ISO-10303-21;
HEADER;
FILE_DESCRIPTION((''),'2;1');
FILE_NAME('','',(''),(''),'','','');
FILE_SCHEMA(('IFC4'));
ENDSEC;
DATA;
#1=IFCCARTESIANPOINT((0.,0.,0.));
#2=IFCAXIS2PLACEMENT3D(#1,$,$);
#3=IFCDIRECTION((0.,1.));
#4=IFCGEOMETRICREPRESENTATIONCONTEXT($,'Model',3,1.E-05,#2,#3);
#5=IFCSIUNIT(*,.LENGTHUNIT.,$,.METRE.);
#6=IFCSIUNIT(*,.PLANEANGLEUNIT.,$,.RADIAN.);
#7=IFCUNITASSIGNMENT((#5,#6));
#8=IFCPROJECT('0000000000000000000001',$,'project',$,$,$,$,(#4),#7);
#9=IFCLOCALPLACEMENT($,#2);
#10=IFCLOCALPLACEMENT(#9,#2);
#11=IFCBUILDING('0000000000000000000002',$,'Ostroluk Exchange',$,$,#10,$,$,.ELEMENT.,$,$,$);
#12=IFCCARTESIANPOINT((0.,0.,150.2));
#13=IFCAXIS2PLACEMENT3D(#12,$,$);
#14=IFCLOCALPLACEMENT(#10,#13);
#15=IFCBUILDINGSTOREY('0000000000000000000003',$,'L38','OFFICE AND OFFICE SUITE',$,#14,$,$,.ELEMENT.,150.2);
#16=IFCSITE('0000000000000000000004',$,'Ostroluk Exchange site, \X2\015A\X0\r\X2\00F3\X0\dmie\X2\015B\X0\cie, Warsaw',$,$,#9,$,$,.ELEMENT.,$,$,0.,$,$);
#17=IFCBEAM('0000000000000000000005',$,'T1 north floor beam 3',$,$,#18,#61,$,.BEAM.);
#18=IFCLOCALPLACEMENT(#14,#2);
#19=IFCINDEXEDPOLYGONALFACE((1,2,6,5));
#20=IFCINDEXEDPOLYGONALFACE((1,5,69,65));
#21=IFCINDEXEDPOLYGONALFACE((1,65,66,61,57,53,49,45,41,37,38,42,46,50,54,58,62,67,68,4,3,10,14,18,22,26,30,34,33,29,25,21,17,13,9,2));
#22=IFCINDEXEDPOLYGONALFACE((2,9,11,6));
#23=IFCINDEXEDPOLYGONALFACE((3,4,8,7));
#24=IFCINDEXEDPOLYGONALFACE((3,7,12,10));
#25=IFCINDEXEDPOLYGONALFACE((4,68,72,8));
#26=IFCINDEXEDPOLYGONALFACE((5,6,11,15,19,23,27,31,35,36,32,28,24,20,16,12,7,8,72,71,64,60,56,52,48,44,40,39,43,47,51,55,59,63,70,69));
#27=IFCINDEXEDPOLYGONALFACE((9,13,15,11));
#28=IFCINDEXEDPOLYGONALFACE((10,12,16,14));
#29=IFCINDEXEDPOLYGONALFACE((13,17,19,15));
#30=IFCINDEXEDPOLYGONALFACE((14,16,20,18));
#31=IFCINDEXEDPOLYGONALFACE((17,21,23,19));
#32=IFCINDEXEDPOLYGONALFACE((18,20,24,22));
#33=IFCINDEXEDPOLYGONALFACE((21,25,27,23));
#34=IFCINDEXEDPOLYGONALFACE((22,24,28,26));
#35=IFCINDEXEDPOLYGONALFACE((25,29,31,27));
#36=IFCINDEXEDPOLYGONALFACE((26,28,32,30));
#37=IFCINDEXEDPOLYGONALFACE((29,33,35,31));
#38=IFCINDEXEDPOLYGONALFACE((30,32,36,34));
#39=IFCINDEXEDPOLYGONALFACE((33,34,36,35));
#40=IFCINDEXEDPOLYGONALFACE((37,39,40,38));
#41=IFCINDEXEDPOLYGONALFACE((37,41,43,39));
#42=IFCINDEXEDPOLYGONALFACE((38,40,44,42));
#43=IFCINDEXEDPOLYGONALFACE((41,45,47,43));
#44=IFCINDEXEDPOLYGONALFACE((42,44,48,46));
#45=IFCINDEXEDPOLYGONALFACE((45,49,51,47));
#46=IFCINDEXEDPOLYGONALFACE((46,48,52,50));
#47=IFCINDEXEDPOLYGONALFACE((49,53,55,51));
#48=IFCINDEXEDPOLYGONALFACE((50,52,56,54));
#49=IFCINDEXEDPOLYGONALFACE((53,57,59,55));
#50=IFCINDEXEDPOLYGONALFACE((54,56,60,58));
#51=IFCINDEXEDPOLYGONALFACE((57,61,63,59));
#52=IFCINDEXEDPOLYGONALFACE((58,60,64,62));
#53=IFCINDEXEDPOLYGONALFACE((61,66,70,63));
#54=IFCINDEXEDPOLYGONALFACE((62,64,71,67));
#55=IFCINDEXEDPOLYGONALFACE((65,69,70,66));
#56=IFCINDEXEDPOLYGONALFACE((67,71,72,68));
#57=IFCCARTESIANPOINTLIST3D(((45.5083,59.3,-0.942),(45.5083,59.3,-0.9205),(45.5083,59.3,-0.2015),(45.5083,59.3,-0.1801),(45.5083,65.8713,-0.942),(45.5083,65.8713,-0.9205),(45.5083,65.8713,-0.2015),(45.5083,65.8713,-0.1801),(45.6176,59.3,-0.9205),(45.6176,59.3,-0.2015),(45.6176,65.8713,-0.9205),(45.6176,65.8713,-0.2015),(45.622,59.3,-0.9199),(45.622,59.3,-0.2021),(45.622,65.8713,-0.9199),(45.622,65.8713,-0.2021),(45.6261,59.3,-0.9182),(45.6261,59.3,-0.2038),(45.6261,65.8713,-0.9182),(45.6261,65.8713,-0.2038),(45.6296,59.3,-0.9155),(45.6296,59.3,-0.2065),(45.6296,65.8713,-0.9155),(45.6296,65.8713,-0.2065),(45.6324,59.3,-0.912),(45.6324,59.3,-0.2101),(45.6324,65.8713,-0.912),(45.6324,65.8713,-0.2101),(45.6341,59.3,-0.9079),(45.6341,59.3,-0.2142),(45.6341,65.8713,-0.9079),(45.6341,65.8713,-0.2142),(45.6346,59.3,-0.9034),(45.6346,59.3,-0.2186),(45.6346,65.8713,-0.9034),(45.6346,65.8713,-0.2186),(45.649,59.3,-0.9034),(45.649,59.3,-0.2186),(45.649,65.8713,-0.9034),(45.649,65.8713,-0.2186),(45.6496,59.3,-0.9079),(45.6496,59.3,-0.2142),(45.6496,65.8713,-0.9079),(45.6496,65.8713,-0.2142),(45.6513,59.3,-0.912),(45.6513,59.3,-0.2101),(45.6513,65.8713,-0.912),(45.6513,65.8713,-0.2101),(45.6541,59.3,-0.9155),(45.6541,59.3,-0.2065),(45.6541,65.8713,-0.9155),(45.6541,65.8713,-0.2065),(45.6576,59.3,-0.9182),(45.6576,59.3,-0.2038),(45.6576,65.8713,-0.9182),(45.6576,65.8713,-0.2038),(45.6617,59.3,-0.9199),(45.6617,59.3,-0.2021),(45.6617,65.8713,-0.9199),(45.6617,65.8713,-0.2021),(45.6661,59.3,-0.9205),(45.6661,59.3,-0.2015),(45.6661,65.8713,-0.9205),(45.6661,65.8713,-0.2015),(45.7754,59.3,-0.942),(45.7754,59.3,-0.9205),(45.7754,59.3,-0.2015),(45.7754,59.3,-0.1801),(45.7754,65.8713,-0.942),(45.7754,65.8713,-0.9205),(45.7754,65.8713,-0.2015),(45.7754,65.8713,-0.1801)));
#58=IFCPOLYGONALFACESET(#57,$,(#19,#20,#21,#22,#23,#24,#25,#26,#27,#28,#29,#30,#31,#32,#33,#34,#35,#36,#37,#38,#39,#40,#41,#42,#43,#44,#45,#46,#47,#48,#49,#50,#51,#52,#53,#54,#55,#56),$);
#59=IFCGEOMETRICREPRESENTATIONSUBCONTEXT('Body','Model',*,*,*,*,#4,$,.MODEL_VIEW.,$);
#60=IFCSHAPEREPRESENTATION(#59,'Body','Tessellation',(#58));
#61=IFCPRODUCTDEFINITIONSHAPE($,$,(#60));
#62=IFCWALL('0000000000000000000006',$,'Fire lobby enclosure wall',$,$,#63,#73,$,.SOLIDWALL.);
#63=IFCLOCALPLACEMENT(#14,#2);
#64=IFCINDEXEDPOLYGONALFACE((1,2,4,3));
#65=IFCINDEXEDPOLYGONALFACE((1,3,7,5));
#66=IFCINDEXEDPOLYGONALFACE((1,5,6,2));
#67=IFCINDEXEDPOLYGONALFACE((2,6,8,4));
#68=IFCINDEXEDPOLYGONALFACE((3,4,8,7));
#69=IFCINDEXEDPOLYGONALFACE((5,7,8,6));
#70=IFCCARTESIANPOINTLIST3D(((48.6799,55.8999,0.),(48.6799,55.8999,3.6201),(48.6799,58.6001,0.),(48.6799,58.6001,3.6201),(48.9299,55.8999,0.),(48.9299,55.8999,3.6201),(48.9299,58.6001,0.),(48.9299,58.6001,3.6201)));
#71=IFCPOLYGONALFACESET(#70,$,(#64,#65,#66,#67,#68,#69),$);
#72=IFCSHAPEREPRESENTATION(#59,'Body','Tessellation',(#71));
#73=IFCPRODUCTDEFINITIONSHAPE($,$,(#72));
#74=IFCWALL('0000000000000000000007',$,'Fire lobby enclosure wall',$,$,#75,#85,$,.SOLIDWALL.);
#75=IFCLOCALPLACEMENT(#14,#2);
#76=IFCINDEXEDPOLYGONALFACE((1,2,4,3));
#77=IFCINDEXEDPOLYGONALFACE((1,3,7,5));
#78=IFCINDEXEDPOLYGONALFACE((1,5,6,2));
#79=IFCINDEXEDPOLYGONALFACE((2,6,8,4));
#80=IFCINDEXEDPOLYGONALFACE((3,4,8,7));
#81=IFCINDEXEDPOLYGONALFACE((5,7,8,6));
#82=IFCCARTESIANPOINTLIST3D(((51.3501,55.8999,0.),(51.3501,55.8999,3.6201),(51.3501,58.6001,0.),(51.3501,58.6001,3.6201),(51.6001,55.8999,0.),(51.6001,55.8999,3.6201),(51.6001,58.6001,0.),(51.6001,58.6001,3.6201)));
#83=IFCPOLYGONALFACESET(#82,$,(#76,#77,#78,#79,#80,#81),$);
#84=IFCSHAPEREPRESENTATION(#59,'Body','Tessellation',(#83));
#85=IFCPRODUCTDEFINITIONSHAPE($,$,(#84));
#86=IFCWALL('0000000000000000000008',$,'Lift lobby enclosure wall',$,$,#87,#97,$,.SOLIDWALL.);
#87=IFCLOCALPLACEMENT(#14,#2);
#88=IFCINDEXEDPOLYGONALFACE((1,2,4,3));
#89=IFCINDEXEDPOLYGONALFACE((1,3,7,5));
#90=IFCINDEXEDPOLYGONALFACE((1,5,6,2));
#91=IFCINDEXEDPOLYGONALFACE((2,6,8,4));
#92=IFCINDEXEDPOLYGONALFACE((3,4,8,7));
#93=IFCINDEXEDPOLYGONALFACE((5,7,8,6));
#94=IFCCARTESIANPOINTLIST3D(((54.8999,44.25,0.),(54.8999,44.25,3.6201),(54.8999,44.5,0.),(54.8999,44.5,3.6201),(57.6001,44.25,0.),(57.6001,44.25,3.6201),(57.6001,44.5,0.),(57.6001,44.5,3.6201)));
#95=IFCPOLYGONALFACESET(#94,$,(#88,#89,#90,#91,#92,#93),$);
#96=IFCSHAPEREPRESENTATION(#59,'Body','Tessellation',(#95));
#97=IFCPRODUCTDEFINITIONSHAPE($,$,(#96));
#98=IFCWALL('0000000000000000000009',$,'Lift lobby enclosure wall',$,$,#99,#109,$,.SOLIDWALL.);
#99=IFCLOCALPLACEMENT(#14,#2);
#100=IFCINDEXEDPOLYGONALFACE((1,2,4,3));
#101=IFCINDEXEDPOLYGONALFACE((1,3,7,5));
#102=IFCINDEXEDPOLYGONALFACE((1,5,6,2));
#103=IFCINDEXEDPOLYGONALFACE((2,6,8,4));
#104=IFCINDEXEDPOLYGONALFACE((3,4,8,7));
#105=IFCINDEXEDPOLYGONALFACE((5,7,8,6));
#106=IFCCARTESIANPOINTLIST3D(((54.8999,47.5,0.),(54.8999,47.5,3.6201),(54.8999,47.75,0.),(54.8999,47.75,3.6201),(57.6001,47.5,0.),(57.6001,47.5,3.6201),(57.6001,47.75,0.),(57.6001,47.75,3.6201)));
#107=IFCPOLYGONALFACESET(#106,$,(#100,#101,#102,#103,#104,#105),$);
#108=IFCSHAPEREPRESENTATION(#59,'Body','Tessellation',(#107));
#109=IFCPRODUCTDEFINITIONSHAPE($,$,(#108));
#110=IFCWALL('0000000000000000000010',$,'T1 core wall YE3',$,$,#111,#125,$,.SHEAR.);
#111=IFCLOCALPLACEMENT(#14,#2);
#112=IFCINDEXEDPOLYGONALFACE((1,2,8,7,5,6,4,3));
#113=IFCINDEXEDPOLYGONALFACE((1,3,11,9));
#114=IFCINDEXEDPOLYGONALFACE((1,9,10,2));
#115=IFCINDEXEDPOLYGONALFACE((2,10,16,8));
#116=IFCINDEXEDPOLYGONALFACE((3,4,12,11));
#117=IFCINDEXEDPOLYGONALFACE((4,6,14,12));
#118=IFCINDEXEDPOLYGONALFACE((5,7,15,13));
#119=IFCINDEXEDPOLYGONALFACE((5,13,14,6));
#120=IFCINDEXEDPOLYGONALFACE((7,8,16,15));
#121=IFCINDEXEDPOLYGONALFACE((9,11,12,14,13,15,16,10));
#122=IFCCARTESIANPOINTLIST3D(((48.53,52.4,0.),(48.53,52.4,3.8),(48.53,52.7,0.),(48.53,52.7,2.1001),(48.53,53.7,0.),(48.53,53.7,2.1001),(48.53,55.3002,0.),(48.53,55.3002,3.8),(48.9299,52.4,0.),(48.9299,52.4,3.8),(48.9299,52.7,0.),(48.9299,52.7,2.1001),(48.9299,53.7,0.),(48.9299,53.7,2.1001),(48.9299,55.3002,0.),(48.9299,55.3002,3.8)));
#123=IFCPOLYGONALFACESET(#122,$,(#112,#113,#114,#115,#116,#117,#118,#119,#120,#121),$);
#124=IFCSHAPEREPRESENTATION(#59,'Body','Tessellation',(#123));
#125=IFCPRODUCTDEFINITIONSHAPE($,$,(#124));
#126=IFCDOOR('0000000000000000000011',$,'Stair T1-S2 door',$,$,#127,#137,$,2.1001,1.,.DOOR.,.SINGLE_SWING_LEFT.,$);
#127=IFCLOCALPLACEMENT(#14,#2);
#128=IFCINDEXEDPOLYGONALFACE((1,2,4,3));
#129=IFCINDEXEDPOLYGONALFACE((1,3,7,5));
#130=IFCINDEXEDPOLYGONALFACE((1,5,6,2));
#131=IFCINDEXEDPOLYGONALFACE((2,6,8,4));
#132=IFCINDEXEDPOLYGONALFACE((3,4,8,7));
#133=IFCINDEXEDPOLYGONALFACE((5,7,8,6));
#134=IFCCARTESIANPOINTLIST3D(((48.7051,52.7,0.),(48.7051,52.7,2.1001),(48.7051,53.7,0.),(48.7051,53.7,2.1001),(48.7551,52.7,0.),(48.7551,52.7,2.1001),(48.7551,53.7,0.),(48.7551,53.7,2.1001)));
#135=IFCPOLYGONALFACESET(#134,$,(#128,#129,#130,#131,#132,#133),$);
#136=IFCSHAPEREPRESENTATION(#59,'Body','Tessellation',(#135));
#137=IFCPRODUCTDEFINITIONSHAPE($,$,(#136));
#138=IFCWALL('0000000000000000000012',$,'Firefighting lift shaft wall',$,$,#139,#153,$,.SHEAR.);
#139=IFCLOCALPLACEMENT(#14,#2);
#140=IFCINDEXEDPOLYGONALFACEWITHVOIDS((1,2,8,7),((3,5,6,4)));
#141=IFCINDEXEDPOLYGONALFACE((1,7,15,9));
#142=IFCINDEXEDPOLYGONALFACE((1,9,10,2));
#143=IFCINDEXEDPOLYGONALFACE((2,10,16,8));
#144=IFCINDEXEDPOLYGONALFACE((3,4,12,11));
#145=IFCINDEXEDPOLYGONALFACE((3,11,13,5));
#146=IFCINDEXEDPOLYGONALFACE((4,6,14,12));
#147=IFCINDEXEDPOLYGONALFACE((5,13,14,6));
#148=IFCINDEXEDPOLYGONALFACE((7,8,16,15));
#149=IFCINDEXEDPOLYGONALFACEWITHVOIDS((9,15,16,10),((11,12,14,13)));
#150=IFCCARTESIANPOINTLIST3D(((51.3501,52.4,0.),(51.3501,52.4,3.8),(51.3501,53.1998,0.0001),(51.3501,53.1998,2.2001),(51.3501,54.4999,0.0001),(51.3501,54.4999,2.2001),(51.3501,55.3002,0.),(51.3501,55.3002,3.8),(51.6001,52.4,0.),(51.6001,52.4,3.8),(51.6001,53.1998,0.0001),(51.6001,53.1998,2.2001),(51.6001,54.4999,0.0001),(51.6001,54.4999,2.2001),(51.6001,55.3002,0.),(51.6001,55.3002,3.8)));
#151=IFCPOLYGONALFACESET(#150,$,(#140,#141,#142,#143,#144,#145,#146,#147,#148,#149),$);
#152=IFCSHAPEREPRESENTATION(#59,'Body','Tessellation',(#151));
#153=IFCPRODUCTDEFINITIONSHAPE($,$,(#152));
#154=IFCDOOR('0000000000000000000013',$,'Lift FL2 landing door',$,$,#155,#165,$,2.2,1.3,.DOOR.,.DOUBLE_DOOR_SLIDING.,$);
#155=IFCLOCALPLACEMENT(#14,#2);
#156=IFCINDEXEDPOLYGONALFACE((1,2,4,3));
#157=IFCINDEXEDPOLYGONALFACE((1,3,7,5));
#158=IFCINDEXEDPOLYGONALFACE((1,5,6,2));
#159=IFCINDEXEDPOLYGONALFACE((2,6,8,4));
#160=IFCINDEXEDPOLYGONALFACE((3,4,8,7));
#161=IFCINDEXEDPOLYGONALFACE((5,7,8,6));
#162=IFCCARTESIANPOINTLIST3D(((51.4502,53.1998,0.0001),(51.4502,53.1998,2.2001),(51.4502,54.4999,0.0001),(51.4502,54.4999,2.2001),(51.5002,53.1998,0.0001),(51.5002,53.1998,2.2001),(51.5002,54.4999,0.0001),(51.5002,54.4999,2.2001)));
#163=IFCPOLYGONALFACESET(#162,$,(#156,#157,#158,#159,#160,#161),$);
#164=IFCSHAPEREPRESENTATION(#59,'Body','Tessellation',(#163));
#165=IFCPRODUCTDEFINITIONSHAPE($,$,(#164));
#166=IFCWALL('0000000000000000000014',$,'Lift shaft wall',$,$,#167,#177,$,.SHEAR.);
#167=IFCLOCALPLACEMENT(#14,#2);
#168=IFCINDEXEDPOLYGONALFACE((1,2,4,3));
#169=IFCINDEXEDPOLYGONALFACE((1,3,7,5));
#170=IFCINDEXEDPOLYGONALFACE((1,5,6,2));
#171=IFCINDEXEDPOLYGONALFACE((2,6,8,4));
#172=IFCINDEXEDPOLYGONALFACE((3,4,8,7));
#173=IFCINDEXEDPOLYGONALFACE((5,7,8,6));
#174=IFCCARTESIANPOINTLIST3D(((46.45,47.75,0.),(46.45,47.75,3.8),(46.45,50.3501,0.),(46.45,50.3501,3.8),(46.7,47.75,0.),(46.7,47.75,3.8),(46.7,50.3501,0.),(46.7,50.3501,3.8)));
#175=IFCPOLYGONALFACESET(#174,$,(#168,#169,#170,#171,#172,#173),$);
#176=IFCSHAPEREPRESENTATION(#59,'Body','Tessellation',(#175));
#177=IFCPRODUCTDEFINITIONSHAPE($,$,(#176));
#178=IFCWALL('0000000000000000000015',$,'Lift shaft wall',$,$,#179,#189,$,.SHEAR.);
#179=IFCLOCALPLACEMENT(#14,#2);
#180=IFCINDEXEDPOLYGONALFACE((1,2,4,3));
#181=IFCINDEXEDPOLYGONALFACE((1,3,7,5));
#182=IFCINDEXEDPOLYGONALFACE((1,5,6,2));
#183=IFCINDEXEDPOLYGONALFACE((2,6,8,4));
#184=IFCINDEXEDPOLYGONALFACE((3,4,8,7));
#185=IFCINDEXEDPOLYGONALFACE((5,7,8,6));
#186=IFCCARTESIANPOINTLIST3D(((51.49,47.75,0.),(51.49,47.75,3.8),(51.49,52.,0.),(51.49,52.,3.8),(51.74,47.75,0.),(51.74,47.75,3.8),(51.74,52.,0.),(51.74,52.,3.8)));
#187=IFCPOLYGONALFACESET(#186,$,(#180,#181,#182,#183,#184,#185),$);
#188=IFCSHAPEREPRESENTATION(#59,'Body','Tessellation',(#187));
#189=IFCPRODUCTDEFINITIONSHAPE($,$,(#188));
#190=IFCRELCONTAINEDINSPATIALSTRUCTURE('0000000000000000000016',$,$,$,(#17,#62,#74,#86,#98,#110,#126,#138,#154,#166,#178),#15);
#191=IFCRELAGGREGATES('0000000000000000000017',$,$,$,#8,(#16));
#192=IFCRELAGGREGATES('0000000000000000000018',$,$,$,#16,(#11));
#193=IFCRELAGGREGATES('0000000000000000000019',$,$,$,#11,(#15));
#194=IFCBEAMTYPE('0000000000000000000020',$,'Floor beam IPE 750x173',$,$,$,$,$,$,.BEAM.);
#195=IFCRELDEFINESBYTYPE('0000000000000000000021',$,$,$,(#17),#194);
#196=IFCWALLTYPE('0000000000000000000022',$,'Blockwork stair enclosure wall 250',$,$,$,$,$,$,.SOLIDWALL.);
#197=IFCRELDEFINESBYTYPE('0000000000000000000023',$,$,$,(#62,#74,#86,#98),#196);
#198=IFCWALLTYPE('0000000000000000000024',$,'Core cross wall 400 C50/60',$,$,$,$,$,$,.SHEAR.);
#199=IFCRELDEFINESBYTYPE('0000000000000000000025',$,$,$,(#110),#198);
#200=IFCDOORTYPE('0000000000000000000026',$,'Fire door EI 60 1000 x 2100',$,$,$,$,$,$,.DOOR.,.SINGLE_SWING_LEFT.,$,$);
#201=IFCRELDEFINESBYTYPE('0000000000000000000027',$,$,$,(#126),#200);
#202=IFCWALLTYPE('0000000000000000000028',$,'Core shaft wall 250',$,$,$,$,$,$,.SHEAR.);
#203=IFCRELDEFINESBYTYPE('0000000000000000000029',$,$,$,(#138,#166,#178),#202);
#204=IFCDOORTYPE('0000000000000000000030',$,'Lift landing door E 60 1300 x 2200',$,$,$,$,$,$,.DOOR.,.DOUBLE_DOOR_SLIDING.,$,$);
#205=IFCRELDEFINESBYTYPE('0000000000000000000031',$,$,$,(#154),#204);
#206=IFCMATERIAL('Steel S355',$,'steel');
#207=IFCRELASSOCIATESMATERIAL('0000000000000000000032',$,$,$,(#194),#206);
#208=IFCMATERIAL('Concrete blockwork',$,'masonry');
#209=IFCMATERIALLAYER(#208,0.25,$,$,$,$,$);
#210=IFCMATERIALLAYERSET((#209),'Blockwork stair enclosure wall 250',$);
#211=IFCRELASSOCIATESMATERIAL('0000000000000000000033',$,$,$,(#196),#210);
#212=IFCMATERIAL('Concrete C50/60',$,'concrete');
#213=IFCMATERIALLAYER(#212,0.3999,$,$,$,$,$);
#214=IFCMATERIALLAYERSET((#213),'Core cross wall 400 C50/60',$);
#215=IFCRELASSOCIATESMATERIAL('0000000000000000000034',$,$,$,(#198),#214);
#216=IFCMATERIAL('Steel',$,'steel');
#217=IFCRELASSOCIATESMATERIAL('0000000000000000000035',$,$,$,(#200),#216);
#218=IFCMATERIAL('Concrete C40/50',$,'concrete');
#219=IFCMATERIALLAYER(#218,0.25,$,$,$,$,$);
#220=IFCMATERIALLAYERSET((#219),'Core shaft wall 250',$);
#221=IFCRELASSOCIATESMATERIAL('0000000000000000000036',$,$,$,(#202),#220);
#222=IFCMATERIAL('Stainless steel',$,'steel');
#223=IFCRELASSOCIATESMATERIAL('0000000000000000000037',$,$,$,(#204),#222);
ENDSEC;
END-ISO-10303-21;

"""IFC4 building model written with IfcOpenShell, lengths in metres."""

from ifc_helpers import new_model, si_unit, direction, frame, frame_2d, origin, origin_2d, place, context, subcontext, project, spatial, rectangle, i_section, extrude, material, layer, layer_set, material_profile, profile_set, type_object, element, fill, save


model = new_model("IFC4")

# Units and contexts
model_context = context("Model", 3, precision=1e-05, world=origin(), true_north=direction((0.0, 1.0)))
body_context = subcontext(model_context, "Body", "Model", "MODEL_VIEW")
ifc_project = project(units=[si_unit("LENGTHUNIT", "METRE"), si_unit("PLANEANGLEUNIT", "RADIAN")], contexts=[model_context])

# Site, building, storey
site_placement = place(None, origin())
site = spatial("IfcSite", under=ifc_project, at=site_placement, Name="Ostroluk Exchange site, Śródmieście, Warsaw", CompositionType="ELEMENT", RefElevation=0.0)
building_placement = place(site_placement, origin())
building = spatial("IfcBuilding", under=site, at=building_placement, Name="Ostroluk Exchange", CompositionType="ELEMENT")
storey_placement = place(building_placement, frame((0.0, 0.0, 150.2)))
storey = spatial("IfcBuildingStorey", under=building, at=storey_placement, Name="L38", Description="OFFICE AND OFFICE SUITE", CompositionType="ELEMENT", Elevation=150.2)

# Beam
ifc_material_1 = material(Name="Steel S355", Category="steel")
ifc_material_profile = material_profile(ifc_material_1, i_section(OverallWidth=0.2671, OverallDepth=0.762, WebThickness=0.0144, FlangeThickness=0.0215, FilletRadius=0.0171, at=origin_2d()), Name="IPE 750x173")
ifc_profile_set = profile_set([ifc_material_profile], Name="Steel S355")
beam_type = type_object("IfcBeamType", Name="Floor beam IPE 750x173", PredefinedType="BEAM", material=ifc_profile_set)
for number, where, z_axis, x_axis, name in (
    (1, (45.6418, 59.3, -0.561), (0.0, 1.0, 0.0), (-1.0, 0.0, 0.0), "T1 north floor beam 3"),
):
    element("IfcBeam", number, at=place(storey_placement, frame(where, z_axis=z_axis, x_axis=x_axis)), inside=storey, type_object=beam_type, Name=name, PredefinedType="BEAM", context=body_context, shape_type="SweptSolid", body=[
        extrude(i_section(OverallWidth=0.2671, OverallDepth=0.762, WebThickness=0.0144, FlangeThickness=0.0215, FilletRadius=0.0171, at=origin_2d()), origin(), (0.0, 0.0, 1.0), 6.5713),
    ])

# Walls
ifc_material_2 = material(Name="Concrete blockwork", Category="masonry")
ifc_layer_1 = layer(ifc_material_2, 0.25)
ifc_layer_set_1 = layer_set([ifc_layer_1], Name="Blockwork stair enclosure wall 250")
wall_type_1 = type_object("IfcWallType", Name="Blockwork stair enclosure wall 250", PredefinedType="SOLIDWALL", material=ifc_layer_set_1)
for number, where, z_axis, x_axis, name in (
    (2, (48.8049, 55.8999, 0.0), (0.0, 0.0, 1.0), (0.0, 1.0, 0.0), "Fire lobby enclosure wall"),
    (3, (51.4751, 55.8999, 0.0), (0.0, 0.0, 1.0), (0.0, 1.0, 0.0), "Fire lobby enclosure wall"),
    (4, (54.8999, 44.375, 0.0), (0.0, 0.0, 1.0), (1.0, 0.0, 0.0), "Lift lobby enclosure wall"),
    (5, (54.8999, 47.625, 0.0), (0.0, 0.0, 1.0), (1.0, 0.0, 0.0), "Lift lobby enclosure wall"),
):
    element("IfcWall", number, at=place(storey_placement, frame(where, z_axis=z_axis, x_axis=x_axis)), inside=storey, type_object=wall_type_1, Name=name, PredefinedType="SOLIDWALL", context=body_context, shape_type="SweptSolid", body=[
        extrude(rectangle(XDim=2.7002, YDim=0.25, at=frame_2d((1.3501, 0.0))), origin(), (0.0, 0.0, 1.0), 3.6201),
    ])

# Walls, openings, doors
ifc_material_3 = material(Name="Concrete C50/60", Category="concrete")
ifc_layer_2 = layer(ifc_material_3, 0.3999)
ifc_layer_set_2 = layer_set([ifc_layer_2], Name="Core cross wall 400 C50/60")
wall_type_2 = type_object("IfcWallType", Name="Core cross wall 400 C50/60", PredefinedType="SHEAR", material=ifc_layer_set_2)
wall_1_placement = place(storey_placement, frame((48.73, 52.3999, 0.0), z_axis=(0.0, 0.0, 1.0), x_axis=(0.0, 1.0, 0.0)))
wall_1 = element("IfcWall", 6, at=wall_1_placement, inside=storey, type_object=wall_type_2, Name="T1 core wall YE3", PredefinedType="SHEAR", context=body_context, shape_type="SweptSolid", body=[
    extrude(rectangle(XDim=2.9001, YDim=0.3999, at=frame_2d((1.4502, 0.0))), origin(), (0.0, 0.0, 1.0), 3.8),
])
opening_1_placement = place(wall_1_placement, frame((0.3, 0.0, 0.0)))
opening_1 = element("IfcOpeningElement", 7, at=opening_1_placement, cuts=wall_1, PredefinedType="OPENING", context=body_context, shape_type="SweptSolid", body=[
    extrude(rectangle(XDim=1.0, YDim=2.1001, at=frame_2d((0.5, 1.05))), frame((0.0, 0.21, 0.0), z_axis=(0.0, -1.0, 0.0), x_axis=(1.0, 0.0, 0.0)), (0.0, 0.0, 1.0), 0.4199),
])
ifc_material_4 = material(Name="Steel", Category="steel")
door_type_1 = type_object("IfcDoorType", Name="Fire door EI 60 1000 x 2100", OperationType="SINGLE_SWING_LEFT", PredefinedType="DOOR", material=ifc_material_4)
door_1_placement = place(opening_1_placement, origin())
door_1 = element("IfcDoor", 8, at=door_1_placement, inside=storey, type_object=door_type_1, Name="Stair T1-S2 door", OperationType="SINGLE_SWING_LEFT", OverallHeight=2.1001, OverallWidth=1.0, PredefinedType="DOOR", context=body_context, shape_type="SweptSolid", body=[
    extrude(rectangle(XDim=1.0, YDim=2.1001, at=frame_2d((0.5, 1.05))), frame((0.0, 0.0249, 0.0), z_axis=(0.0, -1.0, 0.0), x_axis=(1.0, 0.0, 0.0)), (0.0, 0.0, 1.0), 0.05),
])
fill(opening_1, door_1)
ifc_material_5 = material(Name="Concrete C40/50", Category="concrete")
ifc_layer_3 = layer(ifc_material_5, 0.25)
ifc_layer_set_3 = layer_set([ifc_layer_3], Name="Core shaft wall 250")
wall_type_3 = type_object("IfcWallType", Name="Core shaft wall 250", PredefinedType="SHEAR", material=ifc_layer_set_3)
wall_2_placement = place(storey_placement, frame((51.4751, 52.3999, 0.0), z_axis=(0.0, 0.0, 1.0), x_axis=(0.0, 1.0, 0.0)))
wall_2 = element("IfcWall", 9, at=wall_2_placement, inside=storey, type_object=wall_type_3, Name="Firefighting lift shaft wall", PredefinedType="SHEAR", context=body_context, shape_type="SweptSolid", body=[
    extrude(rectangle(XDim=2.9001, YDim=0.25, at=frame_2d((1.4502, 0.0))), origin(), (0.0, 0.0, 1.0), 3.8),
])
opening_2_placement = place(wall_2_placement, frame((0.8, 0.0, 0.0)))
opening_2 = element("IfcOpeningElement", 10, at=opening_2_placement, cuts=wall_2, PredefinedType="OPENING", context=body_context, shape_type="SweptSolid", body=[
    extrude(rectangle(XDim=1.3, YDim=2.2, at=frame_2d((0.6499, 1.1001))), frame((0.0, 0.135, 0.0), z_axis=(0.0, -1.0, 0.0), x_axis=(1.0, 0.0, 0.0)), (0.0, 0.0, 1.0), 0.27),
])
ifc_material_6 = material(Name="Stainless steel", Category="steel")
door_type_2 = type_object("IfcDoorType", Name="Lift landing door E 60 1300 x 2200", OperationType="DOUBLE_DOOR_SLIDING", PredefinedType="DOOR", material=ifc_material_6)
door_2_placement = place(opening_2_placement, origin())
door_2 = element("IfcDoor", 11, at=door_2_placement, inside=storey, type_object=door_type_2, Name="Lift FL2 landing door", OperationType="DOUBLE_DOOR_SLIDING", OverallHeight=2.2, OverallWidth=1.3, PredefinedType="DOOR", context=body_context, shape_type="SweptSolid", body=[
    extrude(rectangle(XDim=1.3, YDim=2.2, at=frame_2d((0.6499, 1.1001))), frame((0.0, 0.0249, 0.0), z_axis=(0.0, -1.0, 0.0), x_axis=(1.0, 0.0, 0.0)), (0.0, 0.0, 1.0), 0.05),
])
fill(opening_2, door_2)

# Walls
wall_3_placement = place(storey_placement, frame((46.575, 47.75, 0.0), z_axis=(0.0, 0.0, 1.0), x_axis=(0.0, 1.0, 0.0)))
element("IfcWall", 12, at=wall_3_placement, inside=storey, type_object=wall_type_3, Name="Lift shaft wall", PredefinedType="SHEAR", context=body_context, shape_type="SweptSolid", body=[
    extrude(rectangle(XDim=2.6001, YDim=0.25, at=frame_2d((1.3, 0.0))), origin(), (0.0, 0.0, 1.0), 3.8),
])
wall_4_placement = place(storey_placement, frame((51.615, 47.75, 0.0), z_axis=(0.0, 0.0, 1.0), x_axis=(0.0, 1.0, 0.0)))
element("IfcWall", 13, at=wall_4_placement, inside=storey, type_object=wall_type_3, Name="Lift shaft wall", PredefinedType="SHEAR", context=body_context, shape_type="SweptSolid", body=[
    extrude(rectangle(XDim=4.25, YDim=0.25, at=frame_2d((2.125, 0.0))), origin(), (0.0, 0.0, 1.0), 3.8),
])

save(model, "model.ifc")
